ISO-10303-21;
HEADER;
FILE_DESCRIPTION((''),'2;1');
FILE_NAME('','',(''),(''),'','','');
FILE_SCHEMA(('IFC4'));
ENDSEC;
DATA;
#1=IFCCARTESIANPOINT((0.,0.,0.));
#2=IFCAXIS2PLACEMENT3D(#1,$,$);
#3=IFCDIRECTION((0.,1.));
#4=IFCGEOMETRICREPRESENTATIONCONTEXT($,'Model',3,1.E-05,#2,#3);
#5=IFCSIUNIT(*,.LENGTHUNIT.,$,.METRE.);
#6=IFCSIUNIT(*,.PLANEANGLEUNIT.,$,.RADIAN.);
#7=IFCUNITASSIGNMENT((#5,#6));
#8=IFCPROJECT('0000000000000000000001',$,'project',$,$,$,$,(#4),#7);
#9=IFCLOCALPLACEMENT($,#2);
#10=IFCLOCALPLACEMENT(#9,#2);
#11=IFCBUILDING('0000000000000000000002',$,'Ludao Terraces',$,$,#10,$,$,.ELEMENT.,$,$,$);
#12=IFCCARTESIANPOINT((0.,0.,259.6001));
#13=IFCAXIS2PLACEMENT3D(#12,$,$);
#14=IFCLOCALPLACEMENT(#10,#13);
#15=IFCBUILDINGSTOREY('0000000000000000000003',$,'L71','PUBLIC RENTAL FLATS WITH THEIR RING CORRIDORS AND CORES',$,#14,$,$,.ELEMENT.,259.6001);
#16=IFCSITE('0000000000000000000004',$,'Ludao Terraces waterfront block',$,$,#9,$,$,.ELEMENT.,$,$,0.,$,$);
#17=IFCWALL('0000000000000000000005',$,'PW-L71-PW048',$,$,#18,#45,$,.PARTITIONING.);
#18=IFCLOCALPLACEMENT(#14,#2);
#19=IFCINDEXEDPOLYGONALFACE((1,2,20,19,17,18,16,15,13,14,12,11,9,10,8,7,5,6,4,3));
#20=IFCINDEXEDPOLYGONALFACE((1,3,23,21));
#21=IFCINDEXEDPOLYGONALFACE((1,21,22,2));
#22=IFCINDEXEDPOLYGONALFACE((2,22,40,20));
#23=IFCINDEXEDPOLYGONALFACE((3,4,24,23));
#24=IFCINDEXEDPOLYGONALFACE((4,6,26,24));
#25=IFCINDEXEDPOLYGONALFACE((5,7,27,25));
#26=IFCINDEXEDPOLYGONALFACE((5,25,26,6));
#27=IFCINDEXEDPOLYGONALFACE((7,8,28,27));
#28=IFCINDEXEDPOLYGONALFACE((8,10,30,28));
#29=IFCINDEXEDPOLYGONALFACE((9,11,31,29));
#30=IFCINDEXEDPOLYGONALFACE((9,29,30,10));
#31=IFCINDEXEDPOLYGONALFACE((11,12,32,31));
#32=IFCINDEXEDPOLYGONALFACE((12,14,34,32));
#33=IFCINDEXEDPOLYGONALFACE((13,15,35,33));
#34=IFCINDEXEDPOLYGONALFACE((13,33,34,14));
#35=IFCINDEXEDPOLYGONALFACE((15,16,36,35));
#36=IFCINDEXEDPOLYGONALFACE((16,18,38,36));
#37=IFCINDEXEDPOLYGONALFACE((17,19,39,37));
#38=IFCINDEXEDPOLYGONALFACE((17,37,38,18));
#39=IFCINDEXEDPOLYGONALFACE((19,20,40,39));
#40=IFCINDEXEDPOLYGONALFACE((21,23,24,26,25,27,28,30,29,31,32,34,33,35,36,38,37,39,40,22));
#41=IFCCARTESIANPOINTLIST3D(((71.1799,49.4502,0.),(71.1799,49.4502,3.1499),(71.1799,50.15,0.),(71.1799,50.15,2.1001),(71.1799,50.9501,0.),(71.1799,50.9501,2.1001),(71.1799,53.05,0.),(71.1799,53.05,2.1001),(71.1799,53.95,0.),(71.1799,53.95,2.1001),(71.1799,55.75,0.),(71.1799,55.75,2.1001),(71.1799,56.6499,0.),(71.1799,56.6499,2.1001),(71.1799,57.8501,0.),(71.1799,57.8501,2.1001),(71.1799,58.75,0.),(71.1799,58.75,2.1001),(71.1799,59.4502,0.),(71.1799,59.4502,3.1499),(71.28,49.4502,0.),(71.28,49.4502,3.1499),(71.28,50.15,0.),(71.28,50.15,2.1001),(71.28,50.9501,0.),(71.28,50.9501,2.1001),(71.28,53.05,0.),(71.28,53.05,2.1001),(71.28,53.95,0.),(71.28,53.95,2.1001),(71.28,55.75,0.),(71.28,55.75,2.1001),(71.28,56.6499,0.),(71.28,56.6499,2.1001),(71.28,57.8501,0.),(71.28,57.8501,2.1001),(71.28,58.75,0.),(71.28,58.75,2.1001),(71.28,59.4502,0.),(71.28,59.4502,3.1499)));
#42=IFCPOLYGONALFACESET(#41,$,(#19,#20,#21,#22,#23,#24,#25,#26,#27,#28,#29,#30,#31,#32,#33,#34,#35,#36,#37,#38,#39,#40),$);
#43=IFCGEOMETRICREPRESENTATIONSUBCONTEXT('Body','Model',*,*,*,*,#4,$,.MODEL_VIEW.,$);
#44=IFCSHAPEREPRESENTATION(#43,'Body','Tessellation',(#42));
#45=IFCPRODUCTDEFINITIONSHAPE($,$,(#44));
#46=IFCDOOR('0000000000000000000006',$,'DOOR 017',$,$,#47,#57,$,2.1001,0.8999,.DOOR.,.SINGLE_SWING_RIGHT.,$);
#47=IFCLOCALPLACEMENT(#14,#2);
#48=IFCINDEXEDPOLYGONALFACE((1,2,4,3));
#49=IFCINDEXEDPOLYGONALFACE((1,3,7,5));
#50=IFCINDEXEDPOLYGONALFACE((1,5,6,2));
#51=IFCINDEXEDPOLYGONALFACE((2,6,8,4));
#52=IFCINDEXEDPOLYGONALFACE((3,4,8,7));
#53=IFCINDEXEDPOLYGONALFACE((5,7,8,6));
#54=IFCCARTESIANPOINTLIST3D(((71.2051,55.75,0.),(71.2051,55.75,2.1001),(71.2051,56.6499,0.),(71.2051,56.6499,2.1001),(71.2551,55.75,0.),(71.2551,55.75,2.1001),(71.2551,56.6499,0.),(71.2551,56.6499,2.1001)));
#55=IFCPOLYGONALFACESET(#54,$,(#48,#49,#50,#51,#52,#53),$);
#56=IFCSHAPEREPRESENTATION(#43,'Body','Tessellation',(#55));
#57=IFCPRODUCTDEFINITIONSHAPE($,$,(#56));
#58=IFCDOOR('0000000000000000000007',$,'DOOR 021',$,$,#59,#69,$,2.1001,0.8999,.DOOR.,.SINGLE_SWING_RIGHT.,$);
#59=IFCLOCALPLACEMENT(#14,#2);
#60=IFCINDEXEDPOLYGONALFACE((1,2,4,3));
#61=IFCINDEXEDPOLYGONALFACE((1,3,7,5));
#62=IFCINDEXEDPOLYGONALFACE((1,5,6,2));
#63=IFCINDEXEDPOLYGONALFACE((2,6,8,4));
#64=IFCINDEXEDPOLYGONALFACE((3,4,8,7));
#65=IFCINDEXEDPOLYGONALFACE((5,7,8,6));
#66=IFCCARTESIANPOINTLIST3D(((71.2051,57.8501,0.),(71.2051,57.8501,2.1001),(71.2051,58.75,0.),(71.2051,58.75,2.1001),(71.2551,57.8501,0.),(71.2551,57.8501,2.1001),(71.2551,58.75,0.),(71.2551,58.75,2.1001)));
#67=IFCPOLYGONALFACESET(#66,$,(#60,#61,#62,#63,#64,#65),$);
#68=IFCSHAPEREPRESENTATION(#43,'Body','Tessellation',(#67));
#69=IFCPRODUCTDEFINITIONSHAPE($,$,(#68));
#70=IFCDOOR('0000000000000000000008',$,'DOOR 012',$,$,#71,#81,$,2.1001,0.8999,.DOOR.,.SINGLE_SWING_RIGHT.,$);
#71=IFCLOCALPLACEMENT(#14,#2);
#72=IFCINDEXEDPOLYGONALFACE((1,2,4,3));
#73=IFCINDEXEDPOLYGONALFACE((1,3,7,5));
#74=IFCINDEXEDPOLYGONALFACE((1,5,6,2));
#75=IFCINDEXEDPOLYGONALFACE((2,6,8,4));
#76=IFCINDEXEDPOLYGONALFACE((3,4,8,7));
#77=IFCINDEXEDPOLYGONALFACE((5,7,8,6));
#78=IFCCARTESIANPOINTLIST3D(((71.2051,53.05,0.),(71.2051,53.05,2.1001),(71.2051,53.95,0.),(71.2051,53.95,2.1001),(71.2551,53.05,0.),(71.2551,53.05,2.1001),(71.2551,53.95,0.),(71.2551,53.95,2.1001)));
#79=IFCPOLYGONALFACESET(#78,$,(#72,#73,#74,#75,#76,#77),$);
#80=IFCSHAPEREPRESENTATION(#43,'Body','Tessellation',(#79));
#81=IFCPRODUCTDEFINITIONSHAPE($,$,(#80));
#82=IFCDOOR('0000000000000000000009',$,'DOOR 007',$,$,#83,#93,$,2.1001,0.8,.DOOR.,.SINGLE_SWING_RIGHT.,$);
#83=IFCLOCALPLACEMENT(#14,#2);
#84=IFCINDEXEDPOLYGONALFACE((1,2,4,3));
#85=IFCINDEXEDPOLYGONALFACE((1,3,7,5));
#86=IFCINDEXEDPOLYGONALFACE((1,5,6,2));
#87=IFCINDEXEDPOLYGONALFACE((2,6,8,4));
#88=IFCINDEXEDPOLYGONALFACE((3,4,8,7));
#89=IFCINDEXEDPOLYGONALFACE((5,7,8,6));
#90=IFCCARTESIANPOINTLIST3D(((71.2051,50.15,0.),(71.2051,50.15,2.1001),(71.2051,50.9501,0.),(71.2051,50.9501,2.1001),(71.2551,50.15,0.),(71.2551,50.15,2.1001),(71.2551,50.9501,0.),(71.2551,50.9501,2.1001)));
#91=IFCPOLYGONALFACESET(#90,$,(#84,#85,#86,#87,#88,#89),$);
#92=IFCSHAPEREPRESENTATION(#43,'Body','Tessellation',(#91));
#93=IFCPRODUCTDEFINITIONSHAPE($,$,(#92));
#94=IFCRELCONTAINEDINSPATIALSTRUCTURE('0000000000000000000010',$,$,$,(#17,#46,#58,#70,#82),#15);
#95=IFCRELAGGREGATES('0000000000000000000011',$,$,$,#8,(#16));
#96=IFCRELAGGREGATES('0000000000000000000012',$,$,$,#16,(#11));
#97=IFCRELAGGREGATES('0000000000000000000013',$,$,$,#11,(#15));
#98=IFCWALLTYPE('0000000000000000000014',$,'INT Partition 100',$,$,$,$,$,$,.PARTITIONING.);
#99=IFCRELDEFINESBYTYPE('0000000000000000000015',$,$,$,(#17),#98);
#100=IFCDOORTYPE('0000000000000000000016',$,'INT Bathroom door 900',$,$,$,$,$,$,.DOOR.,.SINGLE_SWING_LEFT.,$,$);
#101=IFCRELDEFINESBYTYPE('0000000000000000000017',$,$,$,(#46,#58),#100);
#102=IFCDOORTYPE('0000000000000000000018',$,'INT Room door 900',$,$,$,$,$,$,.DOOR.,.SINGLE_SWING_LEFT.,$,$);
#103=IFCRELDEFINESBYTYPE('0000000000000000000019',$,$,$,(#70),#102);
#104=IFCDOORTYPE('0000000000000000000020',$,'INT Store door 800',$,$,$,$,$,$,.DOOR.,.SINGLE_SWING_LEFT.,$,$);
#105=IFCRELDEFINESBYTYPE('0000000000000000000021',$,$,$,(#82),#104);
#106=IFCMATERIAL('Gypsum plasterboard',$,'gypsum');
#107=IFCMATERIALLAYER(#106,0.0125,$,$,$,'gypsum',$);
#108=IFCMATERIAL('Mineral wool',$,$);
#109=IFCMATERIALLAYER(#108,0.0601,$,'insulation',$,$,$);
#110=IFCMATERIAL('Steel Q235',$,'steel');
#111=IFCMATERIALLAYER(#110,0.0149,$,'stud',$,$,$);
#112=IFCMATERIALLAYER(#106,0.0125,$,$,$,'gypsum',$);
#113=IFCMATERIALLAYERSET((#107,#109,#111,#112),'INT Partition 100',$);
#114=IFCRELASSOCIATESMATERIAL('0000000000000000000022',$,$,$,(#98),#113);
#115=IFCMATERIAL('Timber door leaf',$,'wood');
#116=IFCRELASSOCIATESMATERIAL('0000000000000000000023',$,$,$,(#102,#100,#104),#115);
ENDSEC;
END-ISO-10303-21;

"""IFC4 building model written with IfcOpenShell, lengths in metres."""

from ifc_helpers import new_model, si_unit, direction, frame, frame_2d, origin, place, context, subcontext, project, spatial, rectangle, extrude, material, layer, layer_set, type_object, element, fill, save


model = new_model("IFC4")

# Units and contexts
model_context = context("Model", 3, precision=1e-05, world=origin(), true_north=direction((0.0, 1.0)))
body_context = subcontext(model_context, "Body", "Model", "MODEL_VIEW")
ifc_project = project(units=[si_unit("LENGTHUNIT", "METRE"), si_unit("PLANEANGLEUNIT", "RADIAN")], contexts=[model_context])

# Site, building, storey
site_placement = place(None, origin())
site = spatial("IfcSite", under=ifc_project, at=site_placement, Name="Ludao Terraces waterfront block", CompositionType="ELEMENT", RefElevation=0.0)
building_placement = place(site_placement, origin())
building = spatial("IfcBuilding", under=site, at=building_placement, Name="Ludao Terraces", CompositionType="ELEMENT")
storey_placement = place(building_placement, frame((0.0, 0.0, 259.6001)))
storey = spatial("IfcBuildingStorey", under=building, at=storey_placement, Name="L71", Description="PUBLIC RENTAL FLATS WITH THEIR RING CORRIDORS AND CORES", CompositionType="ELEMENT", Elevation=259.6001)

# Shared definitions
ifc_material_1 = material(Name="Mineral wool")

# Wall, openings, doors
ifc_material_2 = material(Name="Gypsum plasterboard", Category="gypsum")
ifc_layer_1 = layer(ifc_material_2, 0.0125, Category="gypsum")
ifc_layer_2 = layer(ifc_material_1, 0.0601, Name="insulation")
ifc_material_3 = material(Name="Steel Q235", Category="steel")
ifc_layer_3 = layer(ifc_material_3, 0.0149, Name="stud")
ifc_layer_4 = layer(ifc_material_2, 0.0125, Category="gypsum")
ifc_layer_set_1 = layer_set([ifc_layer_1, ifc_layer_2, ifc_layer_3, ifc_layer_4], Name="INT Partition 100")
wall_type_1 = type_object("IfcWallType", Name="INT Partition 100", PredefinedType="PARTITIONING", material=ifc_layer_set_1)
ifc_material_4 = material(Name="Timber door leaf", Category="wood")
door_type_1 = type_object("IfcDoorType", Name="INT Room door 900", OperationType="SINGLE_SWING_LEFT", PredefinedType="DOOR", material=ifc_material_4)
wall_1_placement = place(storey_placement, frame((71.23, 49.4502, 0.0), z_axis=(0.0, 0.0, 1.0), x_axis=(0.0, 1.0, 0.0)))
wall_1 = element("IfcWall", 1, at=wall_1_placement, inside=storey, type_object=wall_type_1, Name="PW-L71-PW048", PredefinedType="PARTITIONING", context=body_context, shape_type="SweptSolid", body=[
    extrude(rectangle(XDim=10.0, YDim=0.1001, at=frame_2d((5.0, 0.0))), origin(), (0.0, 0.0, 1.0), 3.1499),
])
opening_1_placement = place(wall_1_placement, frame((0.7, 0.0, 0.0)))
opening_1 = element("IfcOpeningElement", 2, at=opening_1_placement, cuts=wall_1, PredefinedType="OPENING", context=body_context, shape_type="SweptSolid", body=[
    extrude(rectangle(XDim=0.8, YDim=2.1001, at=frame_2d((0.3999, 1.05))), frame((0.0, 0.0601, 0.0), z_axis=(0.0, -1.0, 0.0), x_axis=(1.0, 0.0, 0.0)), (0.0, 0.0, 1.0), 0.1201),
])
opening_2_placement = place(wall_1_placement, frame((3.5999, 0.0, 0.0)))
opening_2 = element("IfcOpeningElement", 3, at=opening_2_placement, cuts=wall_1, PredefinedType="OPENING", context=body_context, shape_type="SweptSolid", body=[
    extrude(rectangle(XDim=0.8999, YDim=2.1001, at=frame_2d((0.45, 1.05))), frame((0.0, 0.0601, 0.0), z_axis=(0.0, -1.0, 0.0), x_axis=(1.0, 0.0, 0.0)), (0.0, 0.0, 1.0), 0.1201),
])
opening_3_placement = place(wall_1_placement, frame((6.2998, 0.0, 0.0)))
opening_3 = element("IfcOpeningElement", 4, at=opening_3_placement, cuts=wall_1, PredefinedType="OPENING", context=body_context, shape_type="SweptSolid", body=[
    extrude(rectangle(XDim=0.8999, YDim=2.1001, at=frame_2d((0.45, 1.05))), frame((0.0, 0.0601, 0.0), z_axis=(0.0, -1.0, 0.0), x_axis=(1.0, 0.0, 0.0)), (0.0, 0.0, 1.0), 0.1201),
])
opening_4_placement = place(wall_1_placement, frame((8.3999, 0.0, 0.0)))
opening_4 = element("IfcOpeningElement", 5, at=opening_4_placement, cuts=wall_1, PredefinedType="OPENING", context=body_context, shape_type="SweptSolid", body=[
    extrude(rectangle(XDim=0.8999, YDim=2.1001, at=frame_2d((0.45, 1.05))), frame((0.0, 0.0601, 0.0), z_axis=(0.0, -1.0, 0.0), x_axis=(1.0, 0.0, 0.0)), (0.0, 0.0, 1.0), 0.1201),
])
door_type_2 = type_object("IfcDoorType", Name="INT Bathroom door 900", OperationType="SINGLE_SWING_LEFT", PredefinedType="DOOR", material=ifc_material_4)
door_1_placement = place(opening_3_placement, origin())
door_1 = element("IfcDoor", 6, at=door_1_placement, inside=storey, type_object=door_type_2, Name="DOOR 017", OperationType="SINGLE_SWING_RIGHT", OverallHeight=2.1001, OverallWidth=0.8999, PredefinedType="DOOR", context=body_context, shape_type="SweptSolid", body=[
    extrude(rectangle(XDim=0.8999, YDim=2.1001, at=frame_2d((0.45, 1.05))), frame((0.0, 0.0249, 0.0), z_axis=(0.0, -1.0, 0.0), x_axis=(1.0, 0.0, 0.0)), (0.0, 0.0, 1.0), 0.05),
])
fill(opening_3, door_1)
door_2_placement = place(opening_4_placement, origin())
door_2 = element("IfcDoor", 7, at=door_2_placement, inside=storey, type_object=door_type_2, Name="DOOR 021", OperationType="SINGLE_SWING_RIGHT", OverallHeight=2.1001, OverallWidth=0.8999, PredefinedType="DOOR", context=body_context, shape_type="SweptSolid", body=[
    extrude(rectangle(XDim=0.8999, YDim=2.1001, at=frame_2d((0.45, 1.05))), frame((0.0, 0.0249, 0.0), z_axis=(0.0, -1.0, 0.0), x_axis=(1.0, 0.0, 0.0)), (0.0, 0.0, 1.0), 0.05),
])
fill(opening_4, door_2)
door_3_placement = place(opening_2_placement, origin())
door_3 = element("IfcDoor", 8, at=door_3_placement, inside=storey, type_object=door_type_1, Name="DOOR 012", OperationType="SINGLE_SWING_RIGHT", OverallHeight=2.1001, OverallWidth=0.8999, PredefinedType="DOOR", context=body_context, shape_type="SweptSolid", body=[
    extrude(rectangle(XDim=0.8999, YDim=2.1001, at=frame_2d((0.45, 1.05))), frame((0.0, 0.0249, 0.0), z_axis=(0.0, -1.0, 0.0), x_axis=(1.0, 0.0, 0.0)), (0.0, 0.0, 1.0), 0.05),
])
fill(opening_2, door_3)
door_type_3 = type_object("IfcDoorType", Name="INT Store door 800", OperationType="SINGLE_SWING_LEFT", PredefinedType="DOOR", material=ifc_material_4)
door_4_placement = place(opening_1_placement, origin())
door_4 = element("IfcDoor", 9, at=door_4_placement, inside=storey, type_object=door_type_3, Name="DOOR 007", OperationType="SINGLE_SWING_RIGHT", OverallHeight=2.1001, OverallWidth=0.8, PredefinedType="DOOR", context=body_context, shape_type="SweptSolid", body=[
    extrude(rectangle(XDim=0.8, YDim=2.1001, at=frame_2d((0.3999, 1.05))), frame((0.0, 0.0249, 0.0), z_axis=(0.0, -1.0, 0.0), x_axis=(1.0, 0.0, 0.0)), (0.0, 0.0, 1.0), 0.05),
])
fill(opening_1, door_4)

save(model, "model.ifc")
